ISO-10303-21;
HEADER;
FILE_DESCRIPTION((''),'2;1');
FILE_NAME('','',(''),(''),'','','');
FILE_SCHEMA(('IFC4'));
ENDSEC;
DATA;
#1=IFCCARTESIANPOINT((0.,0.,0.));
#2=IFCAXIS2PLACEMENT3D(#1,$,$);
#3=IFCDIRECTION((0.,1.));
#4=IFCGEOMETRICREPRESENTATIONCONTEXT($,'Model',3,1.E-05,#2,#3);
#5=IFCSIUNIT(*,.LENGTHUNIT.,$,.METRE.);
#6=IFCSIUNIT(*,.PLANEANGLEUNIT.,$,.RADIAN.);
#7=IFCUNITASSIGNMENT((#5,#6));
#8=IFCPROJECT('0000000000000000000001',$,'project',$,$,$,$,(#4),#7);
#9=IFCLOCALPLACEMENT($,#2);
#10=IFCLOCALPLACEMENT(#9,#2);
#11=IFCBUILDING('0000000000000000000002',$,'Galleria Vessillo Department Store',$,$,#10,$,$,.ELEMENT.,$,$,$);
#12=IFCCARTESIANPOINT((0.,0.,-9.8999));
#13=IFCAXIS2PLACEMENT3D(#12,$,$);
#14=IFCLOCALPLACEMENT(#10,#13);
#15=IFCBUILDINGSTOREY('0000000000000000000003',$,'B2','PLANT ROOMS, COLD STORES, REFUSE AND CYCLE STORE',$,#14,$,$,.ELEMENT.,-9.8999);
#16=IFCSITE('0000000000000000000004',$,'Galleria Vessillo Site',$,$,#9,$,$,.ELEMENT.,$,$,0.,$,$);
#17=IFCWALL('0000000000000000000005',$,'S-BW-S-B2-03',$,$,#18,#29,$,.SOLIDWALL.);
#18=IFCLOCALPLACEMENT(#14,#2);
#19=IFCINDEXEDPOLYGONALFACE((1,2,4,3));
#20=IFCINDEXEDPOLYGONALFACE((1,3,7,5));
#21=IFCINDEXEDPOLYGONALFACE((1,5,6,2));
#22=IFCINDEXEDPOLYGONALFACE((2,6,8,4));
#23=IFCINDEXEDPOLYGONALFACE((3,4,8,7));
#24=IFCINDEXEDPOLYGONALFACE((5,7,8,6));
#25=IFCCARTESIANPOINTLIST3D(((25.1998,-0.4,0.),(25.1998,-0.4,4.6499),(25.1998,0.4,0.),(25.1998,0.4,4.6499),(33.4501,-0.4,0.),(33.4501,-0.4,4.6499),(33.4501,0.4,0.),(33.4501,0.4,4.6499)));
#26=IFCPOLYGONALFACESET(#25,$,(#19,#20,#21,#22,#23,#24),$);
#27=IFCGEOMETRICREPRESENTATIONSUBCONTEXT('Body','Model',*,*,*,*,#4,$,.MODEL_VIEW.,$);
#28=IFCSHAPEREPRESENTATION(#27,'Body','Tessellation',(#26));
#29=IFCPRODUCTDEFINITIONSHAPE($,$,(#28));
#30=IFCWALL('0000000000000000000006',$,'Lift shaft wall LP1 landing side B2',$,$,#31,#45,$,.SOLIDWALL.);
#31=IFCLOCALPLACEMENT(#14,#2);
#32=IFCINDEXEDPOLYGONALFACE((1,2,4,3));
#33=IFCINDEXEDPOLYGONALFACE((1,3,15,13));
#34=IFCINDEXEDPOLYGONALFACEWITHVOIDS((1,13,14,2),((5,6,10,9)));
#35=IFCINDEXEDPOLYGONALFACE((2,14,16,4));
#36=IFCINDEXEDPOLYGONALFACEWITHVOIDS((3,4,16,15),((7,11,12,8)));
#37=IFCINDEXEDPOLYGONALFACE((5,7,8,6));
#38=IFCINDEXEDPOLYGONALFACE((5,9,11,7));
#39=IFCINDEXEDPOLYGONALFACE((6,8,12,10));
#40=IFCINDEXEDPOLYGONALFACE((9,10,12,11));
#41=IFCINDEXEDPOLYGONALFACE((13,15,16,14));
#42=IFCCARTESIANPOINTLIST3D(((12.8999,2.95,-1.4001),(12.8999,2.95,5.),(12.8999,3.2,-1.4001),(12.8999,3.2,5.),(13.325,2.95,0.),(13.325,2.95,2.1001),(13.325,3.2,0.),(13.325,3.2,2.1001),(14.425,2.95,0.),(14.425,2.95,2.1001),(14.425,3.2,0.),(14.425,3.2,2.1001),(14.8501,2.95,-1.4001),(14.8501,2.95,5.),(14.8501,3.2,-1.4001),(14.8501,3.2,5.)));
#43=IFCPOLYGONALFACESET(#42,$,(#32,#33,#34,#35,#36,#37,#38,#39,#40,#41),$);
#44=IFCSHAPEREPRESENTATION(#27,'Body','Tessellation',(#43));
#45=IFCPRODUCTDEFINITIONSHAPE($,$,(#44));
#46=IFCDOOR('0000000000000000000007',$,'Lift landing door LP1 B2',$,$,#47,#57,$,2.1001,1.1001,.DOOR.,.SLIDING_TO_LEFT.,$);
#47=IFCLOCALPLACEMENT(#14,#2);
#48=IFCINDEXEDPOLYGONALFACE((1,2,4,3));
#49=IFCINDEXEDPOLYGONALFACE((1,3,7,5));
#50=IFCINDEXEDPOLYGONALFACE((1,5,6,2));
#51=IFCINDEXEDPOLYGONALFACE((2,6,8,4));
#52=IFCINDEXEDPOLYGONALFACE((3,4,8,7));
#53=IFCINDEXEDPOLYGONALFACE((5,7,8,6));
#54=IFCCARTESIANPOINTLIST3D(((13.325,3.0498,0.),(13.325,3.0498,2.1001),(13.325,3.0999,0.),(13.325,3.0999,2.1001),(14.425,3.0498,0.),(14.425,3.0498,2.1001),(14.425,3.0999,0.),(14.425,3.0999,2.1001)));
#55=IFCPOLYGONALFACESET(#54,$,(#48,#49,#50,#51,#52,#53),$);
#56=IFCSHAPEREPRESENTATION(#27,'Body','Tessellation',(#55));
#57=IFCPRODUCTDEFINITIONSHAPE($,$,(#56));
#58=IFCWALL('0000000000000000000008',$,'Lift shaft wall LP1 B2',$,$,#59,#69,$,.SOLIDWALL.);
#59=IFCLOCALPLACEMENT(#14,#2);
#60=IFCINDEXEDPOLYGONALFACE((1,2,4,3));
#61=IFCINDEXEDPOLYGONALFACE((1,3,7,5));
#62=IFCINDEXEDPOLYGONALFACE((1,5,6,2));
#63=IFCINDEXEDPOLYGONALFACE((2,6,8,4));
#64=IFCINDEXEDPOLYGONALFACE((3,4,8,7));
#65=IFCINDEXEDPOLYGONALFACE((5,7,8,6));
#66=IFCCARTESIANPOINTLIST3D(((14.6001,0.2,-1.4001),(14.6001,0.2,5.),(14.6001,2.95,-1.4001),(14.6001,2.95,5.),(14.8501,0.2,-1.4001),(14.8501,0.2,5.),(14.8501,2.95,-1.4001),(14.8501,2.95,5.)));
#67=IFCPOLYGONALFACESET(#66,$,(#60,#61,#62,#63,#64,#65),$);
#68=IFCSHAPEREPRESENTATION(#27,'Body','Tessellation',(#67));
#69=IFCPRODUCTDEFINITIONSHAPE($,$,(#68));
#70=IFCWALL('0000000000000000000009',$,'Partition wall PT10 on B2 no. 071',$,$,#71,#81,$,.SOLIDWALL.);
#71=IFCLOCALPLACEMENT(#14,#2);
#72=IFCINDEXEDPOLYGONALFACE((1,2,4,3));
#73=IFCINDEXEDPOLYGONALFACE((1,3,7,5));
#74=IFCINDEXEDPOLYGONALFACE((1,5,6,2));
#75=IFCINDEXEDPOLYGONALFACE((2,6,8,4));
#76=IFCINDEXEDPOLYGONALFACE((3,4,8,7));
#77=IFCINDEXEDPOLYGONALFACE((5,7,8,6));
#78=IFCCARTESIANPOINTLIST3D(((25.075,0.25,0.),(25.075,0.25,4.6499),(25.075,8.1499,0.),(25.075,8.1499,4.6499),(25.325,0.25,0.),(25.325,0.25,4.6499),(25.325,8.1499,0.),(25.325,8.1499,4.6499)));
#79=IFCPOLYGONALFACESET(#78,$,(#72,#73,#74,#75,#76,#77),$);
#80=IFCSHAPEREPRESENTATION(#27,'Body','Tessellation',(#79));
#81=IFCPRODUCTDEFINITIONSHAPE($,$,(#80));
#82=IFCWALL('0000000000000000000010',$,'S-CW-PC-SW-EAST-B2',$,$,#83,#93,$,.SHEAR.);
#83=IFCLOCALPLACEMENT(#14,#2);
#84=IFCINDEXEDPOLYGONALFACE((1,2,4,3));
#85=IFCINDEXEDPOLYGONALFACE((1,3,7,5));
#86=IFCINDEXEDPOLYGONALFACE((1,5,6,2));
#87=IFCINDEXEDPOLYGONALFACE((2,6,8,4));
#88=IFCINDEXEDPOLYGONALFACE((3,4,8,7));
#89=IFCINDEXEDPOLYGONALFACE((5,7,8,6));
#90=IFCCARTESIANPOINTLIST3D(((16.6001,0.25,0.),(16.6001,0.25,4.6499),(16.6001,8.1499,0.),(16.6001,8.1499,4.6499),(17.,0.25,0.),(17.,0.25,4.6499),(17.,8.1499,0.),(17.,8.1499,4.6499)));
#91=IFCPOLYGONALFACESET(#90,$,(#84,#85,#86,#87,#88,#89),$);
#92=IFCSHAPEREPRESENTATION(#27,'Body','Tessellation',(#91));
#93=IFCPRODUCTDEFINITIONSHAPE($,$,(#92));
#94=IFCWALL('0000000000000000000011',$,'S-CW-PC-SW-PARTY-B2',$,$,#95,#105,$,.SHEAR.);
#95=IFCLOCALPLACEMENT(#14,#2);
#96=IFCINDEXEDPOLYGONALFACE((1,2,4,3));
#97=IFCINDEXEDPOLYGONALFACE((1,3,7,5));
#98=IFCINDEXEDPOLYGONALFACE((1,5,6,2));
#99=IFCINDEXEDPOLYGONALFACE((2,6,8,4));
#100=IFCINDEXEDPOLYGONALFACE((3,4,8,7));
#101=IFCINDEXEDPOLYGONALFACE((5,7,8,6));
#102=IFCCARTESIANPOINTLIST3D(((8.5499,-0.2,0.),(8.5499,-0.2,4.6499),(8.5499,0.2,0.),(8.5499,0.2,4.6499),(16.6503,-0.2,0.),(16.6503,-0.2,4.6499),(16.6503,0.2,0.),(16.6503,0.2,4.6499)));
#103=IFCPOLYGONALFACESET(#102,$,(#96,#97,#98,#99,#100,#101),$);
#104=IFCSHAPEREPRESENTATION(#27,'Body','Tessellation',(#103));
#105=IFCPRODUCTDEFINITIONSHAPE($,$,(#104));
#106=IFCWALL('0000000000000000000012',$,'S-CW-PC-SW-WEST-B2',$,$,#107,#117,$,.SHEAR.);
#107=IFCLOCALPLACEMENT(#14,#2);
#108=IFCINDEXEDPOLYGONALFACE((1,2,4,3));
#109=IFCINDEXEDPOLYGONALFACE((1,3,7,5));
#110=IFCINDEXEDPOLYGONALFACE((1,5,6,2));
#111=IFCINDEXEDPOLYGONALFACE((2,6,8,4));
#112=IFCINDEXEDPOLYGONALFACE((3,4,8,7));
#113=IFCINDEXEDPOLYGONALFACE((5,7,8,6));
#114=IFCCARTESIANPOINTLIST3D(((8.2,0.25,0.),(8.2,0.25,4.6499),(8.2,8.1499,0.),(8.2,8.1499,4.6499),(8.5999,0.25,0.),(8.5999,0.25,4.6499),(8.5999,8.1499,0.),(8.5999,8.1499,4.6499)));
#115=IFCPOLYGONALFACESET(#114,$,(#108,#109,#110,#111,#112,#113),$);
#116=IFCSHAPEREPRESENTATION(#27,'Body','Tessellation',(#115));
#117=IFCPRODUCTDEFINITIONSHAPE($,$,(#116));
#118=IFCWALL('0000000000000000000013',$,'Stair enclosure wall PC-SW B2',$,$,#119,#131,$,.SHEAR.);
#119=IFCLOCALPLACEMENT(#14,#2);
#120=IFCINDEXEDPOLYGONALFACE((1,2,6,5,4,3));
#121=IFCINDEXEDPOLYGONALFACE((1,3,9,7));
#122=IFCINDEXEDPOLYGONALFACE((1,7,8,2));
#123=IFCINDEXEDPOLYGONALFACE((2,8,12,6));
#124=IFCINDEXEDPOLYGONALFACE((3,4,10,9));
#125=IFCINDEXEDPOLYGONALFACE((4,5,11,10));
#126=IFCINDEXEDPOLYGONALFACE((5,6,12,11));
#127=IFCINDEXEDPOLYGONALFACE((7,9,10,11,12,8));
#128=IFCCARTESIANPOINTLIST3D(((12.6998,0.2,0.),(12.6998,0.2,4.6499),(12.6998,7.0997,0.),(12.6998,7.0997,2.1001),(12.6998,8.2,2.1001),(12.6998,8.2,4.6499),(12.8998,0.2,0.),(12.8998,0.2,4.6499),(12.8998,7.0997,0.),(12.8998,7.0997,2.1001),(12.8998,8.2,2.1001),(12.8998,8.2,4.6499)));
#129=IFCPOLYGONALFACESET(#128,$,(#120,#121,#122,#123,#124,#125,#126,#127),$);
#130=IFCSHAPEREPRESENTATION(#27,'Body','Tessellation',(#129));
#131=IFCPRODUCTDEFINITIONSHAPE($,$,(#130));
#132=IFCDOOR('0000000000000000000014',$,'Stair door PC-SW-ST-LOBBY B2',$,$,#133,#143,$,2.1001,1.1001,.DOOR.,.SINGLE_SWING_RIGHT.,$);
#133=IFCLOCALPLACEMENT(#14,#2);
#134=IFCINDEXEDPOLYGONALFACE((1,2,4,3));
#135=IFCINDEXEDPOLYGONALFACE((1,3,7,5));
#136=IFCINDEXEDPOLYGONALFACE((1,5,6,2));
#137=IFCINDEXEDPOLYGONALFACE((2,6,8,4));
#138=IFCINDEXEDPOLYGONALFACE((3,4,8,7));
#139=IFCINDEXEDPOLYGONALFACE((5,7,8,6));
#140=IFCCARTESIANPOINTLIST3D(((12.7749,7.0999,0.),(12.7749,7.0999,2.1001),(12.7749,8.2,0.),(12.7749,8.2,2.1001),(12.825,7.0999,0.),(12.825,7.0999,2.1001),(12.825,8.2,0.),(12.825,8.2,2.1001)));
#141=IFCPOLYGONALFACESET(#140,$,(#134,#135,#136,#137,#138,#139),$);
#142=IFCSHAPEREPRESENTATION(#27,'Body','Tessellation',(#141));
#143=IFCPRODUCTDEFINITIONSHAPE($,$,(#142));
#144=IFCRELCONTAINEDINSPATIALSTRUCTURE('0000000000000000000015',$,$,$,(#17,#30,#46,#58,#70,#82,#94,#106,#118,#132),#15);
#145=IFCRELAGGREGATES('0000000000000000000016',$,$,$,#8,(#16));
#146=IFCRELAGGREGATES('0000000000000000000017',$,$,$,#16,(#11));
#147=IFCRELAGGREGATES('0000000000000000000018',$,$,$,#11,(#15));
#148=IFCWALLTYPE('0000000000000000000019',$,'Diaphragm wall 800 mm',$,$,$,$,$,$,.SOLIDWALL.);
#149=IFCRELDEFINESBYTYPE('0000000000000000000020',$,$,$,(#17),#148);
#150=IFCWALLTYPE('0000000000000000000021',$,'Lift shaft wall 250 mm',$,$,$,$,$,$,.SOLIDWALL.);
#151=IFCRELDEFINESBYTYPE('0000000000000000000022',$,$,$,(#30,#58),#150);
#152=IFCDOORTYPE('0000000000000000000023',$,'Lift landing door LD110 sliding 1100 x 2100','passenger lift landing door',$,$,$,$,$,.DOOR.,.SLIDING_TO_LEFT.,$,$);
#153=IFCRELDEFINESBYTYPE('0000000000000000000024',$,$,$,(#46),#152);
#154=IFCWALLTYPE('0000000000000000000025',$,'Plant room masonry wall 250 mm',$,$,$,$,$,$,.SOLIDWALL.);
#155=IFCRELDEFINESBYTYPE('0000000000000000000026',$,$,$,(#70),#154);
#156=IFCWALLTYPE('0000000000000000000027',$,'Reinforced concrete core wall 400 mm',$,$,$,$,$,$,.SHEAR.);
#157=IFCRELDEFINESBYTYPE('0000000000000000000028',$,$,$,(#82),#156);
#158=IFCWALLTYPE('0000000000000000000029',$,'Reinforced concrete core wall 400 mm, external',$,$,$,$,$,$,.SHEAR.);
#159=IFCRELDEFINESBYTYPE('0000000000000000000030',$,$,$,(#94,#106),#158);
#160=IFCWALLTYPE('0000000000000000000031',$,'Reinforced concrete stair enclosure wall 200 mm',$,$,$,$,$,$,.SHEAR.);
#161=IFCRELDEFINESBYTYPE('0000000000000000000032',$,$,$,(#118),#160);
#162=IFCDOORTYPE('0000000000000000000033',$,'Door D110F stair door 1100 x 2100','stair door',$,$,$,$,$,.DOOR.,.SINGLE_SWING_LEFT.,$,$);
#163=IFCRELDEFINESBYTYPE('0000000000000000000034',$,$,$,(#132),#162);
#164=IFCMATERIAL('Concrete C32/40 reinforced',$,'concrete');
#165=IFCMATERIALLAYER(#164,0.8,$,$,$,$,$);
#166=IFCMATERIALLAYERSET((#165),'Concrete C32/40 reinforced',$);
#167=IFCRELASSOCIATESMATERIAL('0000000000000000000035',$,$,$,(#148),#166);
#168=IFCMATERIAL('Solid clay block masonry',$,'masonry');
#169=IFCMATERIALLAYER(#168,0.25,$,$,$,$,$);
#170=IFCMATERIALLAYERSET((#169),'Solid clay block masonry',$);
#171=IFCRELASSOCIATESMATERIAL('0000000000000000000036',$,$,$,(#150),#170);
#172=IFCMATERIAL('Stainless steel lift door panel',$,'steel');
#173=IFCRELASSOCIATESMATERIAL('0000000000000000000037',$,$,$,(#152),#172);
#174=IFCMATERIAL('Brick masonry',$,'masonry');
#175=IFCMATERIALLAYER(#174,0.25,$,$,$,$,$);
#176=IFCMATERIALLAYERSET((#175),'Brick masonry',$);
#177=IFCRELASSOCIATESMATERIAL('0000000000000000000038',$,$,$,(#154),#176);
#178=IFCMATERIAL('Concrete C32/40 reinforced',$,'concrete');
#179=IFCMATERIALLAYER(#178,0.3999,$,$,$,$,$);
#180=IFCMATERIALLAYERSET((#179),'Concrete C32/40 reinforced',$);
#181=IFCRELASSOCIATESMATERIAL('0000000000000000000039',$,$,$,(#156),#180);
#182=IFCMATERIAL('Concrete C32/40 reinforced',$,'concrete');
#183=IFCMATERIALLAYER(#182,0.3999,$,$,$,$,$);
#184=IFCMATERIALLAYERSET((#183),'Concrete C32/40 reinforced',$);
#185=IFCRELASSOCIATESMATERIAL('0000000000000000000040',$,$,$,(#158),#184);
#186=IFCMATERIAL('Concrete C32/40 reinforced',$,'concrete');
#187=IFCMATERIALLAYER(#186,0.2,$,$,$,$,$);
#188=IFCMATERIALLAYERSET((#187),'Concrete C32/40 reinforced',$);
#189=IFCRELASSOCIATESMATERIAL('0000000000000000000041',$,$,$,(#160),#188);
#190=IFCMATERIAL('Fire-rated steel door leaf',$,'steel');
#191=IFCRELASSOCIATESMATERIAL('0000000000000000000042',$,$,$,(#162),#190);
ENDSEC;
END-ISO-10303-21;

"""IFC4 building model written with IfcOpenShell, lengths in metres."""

from ifc_helpers import new_model, si_unit, direction, frame, frame_2d, origin, place, context, subcontext, project, spatial, rectangle, extrude, material, layer, layer_set, type_object, element, fill, save


model = new_model("IFC4")

# Units and contexts
model_context = context("Model", 3, precision=1e-05, world=origin(), true_north=direction((0.0, 1.0)))
body_context = subcontext(model_context, "Body", "Model", "MODEL_VIEW")
ifc_project = project(units=[si_unit("LENGTHUNIT", "METRE"), si_unit("PLANEANGLEUNIT", "RADIAN")], contexts=[model_context])

# Site, building, storey
site_placement = place(None, origin())
site = spatial("IfcSite", under=ifc_project, at=site_placement, Name="Galleria Vessillo Site", CompositionType="ELEMENT", RefElevation=0.0)
building_placement = place(site_placement, origin())
building = spatial("IfcBuilding", under=site, at=building_placement, Name="Galleria Vessillo Department Store", CompositionType="ELEMENT")
storey_placement = place(building_placement, frame((0.0, 0.0, -9.8999)))
storey = spatial("IfcBuildingStorey", under=building, at=storey_placement, Name="B2", Description="PLANT ROOMS, COLD STORES, REFUSE AND CYCLE STORE", CompositionType="ELEMENT", Elevation=-9.8999)

# Wall
ifc_material_1 = material(Name="Concrete C32/40 reinforced", Category="concrete")
ifc_layer_1 = layer(ifc_material_1, 0.8)
ifc_layer_set_1 = layer_set([ifc_layer_1], Name="Concrete C32/40 reinforced")
wall_type_1 = type_object("IfcWallType", Name="Diaphragm wall 800 mm", PredefinedType="SOLIDWALL", material=ifc_layer_set_1)
wall_1_placement = place(storey_placement, frame((25.2, 0.0, 0.0), z_axis=(0.0, 0.0, 1.0), x_axis=(1.0, 0.0, 0.0)))
element("IfcWall", 1, at=wall_1_placement, inside=storey, type_object=wall_type_1, Name="S-BW-S-B2-03", PredefinedType="SOLIDWALL", context=body_context, shape_type="SweptSolid", body=[
    extrude(rectangle(XDim=8.2502, YDim=0.8, at=frame_2d((4.125, 0.0))), origin(), (0.0, 0.0, 1.0), 4.6499),
])

# Wall, opening, door
ifc_material_2 = material(Name="Solid clay block masonry", Category="masonry")
ifc_layer_2 = layer(ifc_material_2, 0.25)
ifc_layer_set_2 = layer_set([ifc_layer_2], Name="Solid clay block masonry")
wall_type_2 = type_object("IfcWallType", Name="Lift shaft wall 250 mm", PredefinedType="SOLIDWALL", material=ifc_layer_set_2)
wall_2_placement = place(storey_placement, frame((12.8999, 3.075, -1.4001), z_axis=(0.0, 0.0, 1.0), x_axis=(1.0, 0.0, 0.0)))
wall_2 = element("IfcWall", 2, at=wall_2_placement, inside=storey, type_object=wall_type_2, Name="Lift shaft wall LP1 landing side B2", PredefinedType="SOLIDWALL", context=body_context, shape_type="SweptSolid", body=[
    extrude(rectangle(XDim=1.9502, YDim=0.25, at=frame_2d((0.9751, 0.0))), origin(), (0.0, 0.0, 1.0), 6.4001),
])
opening_1_placement = place(wall_2_placement, frame((0.425, 0.0, 1.4001)))
opening_1 = element("IfcOpeningElement", 3, at=opening_1_placement, cuts=wall_2, PredefinedType="OPENING", context=body_context, shape_type="SweptSolid", body=[
    extrude(rectangle(XDim=1.1001, YDim=2.1001, at=frame_2d((0.55, 1.05))), frame((0.0, 0.135, 0.0), z_axis=(0.0, -1.0, 0.0), x_axis=(1.0, 0.0, 0.0)), (0.0, 0.0, 1.0), 0.27),
])
ifc_material_3 = material(Name="Stainless steel lift door panel", Category="steel")
door_type_1 = type_object("IfcDoorType", Name="Lift landing door LD110 sliding 1100 x 2100", Description="passenger lift landing door", OperationType="SLIDING_TO_LEFT", PredefinedType="DOOR", material=ifc_material_3)
door_1_placement = place(opening_1_placement, origin())
door_1 = element("IfcDoor", 4, at=door_1_placement, inside=storey, type_object=door_type_1, Name="Lift landing door LP1 B2", OperationType="SLIDING_TO_LEFT", OverallHeight=2.1001, OverallWidth=1.1001, PredefinedType="DOOR", context=body_context, shape_type="SweptSolid", body=[
    extrude(rectangle(XDim=1.1001, YDim=2.1001, at=frame_2d((0.55, 1.05))), frame((0.0, 0.0249, 0.0), z_axis=(0.0, -1.0, 0.0), x_axis=(1.0, 0.0, 0.0)), (0.0, 0.0, 1.0), 0.05),
])
fill(opening_1, door_1)

# Walls
wall_3_placement = place(storey_placement, frame((14.7251, 0.2, -1.4001), z_axis=(0.0, 0.0, 1.0), x_axis=(0.0, 1.0, 0.0)))
element("IfcWall", 5, at=wall_3_placement, inside=storey, type_object=wall_type_2, Name="Lift shaft wall LP1 B2", PredefinedType="SOLIDWALL", context=body_context, shape_type="SweptSolid", body=[
    extrude(rectangle(XDim=2.75, YDim=0.25, at=frame_2d((1.375, 0.0))), origin(), (0.0, 0.0, 1.0), 6.4001),
])
ifc_material_4 = material(Name="Brick masonry", Category="masonry")
ifc_layer_3 = layer(ifc_material_4, 0.25)
ifc_layer_set_3 = layer_set([ifc_layer_3], Name="Brick masonry")
wall_type_3 = type_object("IfcWallType", Name="Plant room masonry wall 250 mm", PredefinedType="SOLIDWALL", material=ifc_layer_set_3)
wall_4_placement = place(storey_placement, frame((25.2, 0.25, 0.0), z_axis=(0.0, 0.0, 1.0), x_axis=(0.0, 1.0, 0.0)))
element("IfcWall", 6, at=wall_4_placement, inside=storey, type_object=wall_type_3, Name="Partition wall PT10 on B2 no. 071", PredefinedType="SOLIDWALL", context=body_context, shape_type="SweptSolid", body=[
    extrude(rectangle(XDim=7.8999, YDim=0.25, at=frame_2d((3.95, 0.0))), origin(), (0.0, 0.0, 1.0), 4.6499),
])
ifc_material_5 = material(Name="Concrete C32/40 reinforced", Category="concrete")
ifc_layer_4 = layer(ifc_material_5, 0.3999)
ifc_layer_set_4 = layer_set([ifc_layer_4], Name="Concrete C32/40 reinforced")
wall_type_4 = type_object("IfcWallType", Name="Reinforced concrete core wall 400 mm", PredefinedType="SHEAR", material=ifc_layer_set_4)
wall_5_placement = place(storey_placement, frame((16.8, 0.25, 0.0), z_axis=(0.0, 0.0, 1.0), x_axis=(0.0, 1.0, 0.0)))
element("IfcWall", 7, at=wall_5_placement, inside=storey, type_object=wall_type_4, Name="S-CW-PC-SW-EAST-B2", PredefinedType="SHEAR", context=body_context, shape_type="SweptSolid", body=[
    extrude(rectangle(XDim=7.8999, YDim=0.3999, at=frame_2d((3.95, 0.0))), origin(), (0.0, 0.0, 1.0), 4.6499),
])
ifc_material_6 = material(Name="Concrete C32/40 reinforced", Category="concrete")
ifc_layer_5 = layer(ifc_material_6, 0.3999)
ifc_layer_set_5 = layer_set([ifc_layer_5], Name="Concrete C32/40 reinforced")
wall_type_5 = type_object("IfcWallType", Name="Reinforced concrete core wall 400 mm, external", PredefinedType="SHEAR", material=ifc_layer_set_5)
wall_6_placement = place(storey_placement, frame((8.5498, 0.0, 0.0), z_axis=(0.0, 0.0, 1.0), x_axis=(1.0, 0.0, 0.0)))
element("IfcWall", 8, at=wall_6_placement, inside=storey, type_object=wall_type_5, Name="S-CW-PC-SW-PARTY-B2", PredefinedType="SHEAR", context=body_context, shape_type="SweptSolid", body=[
    extrude(rectangle(XDim=8.1003, YDim=0.3999, at=frame_2d((4.0503, 0.0))), origin(), (0.0, 0.0, 1.0), 4.6499),
])
wall_7_placement = place(storey_placement, frame((8.3999, 0.25, 0.0), z_axis=(0.0, 0.0, 1.0), x_axis=(0.0, 1.0, 0.0)))
element("IfcWall", 9, at=wall_7_placement, inside=storey, type_object=wall_type_5, Name="S-CW-PC-SW-WEST-B2", PredefinedType="SHEAR", context=body_context, shape_type="SweptSolid", body=[
    extrude(rectangle(XDim=7.8999, YDim=0.3999, at=frame_2d((3.95, 0.0))), origin(), (0.0, 0.0, 1.0), 4.6499),
])

# Wall, opening, door
ifc_material_7 = material(Name="Concrete C32/40 reinforced", Category="concrete")
ifc_layer_6 = layer(ifc_material_7, 0.2)
ifc_layer_set_6 = layer_set([ifc_layer_6], Name="Concrete C32/40 reinforced")
wall_type_6 = type_object("IfcWallType", Name="Reinforced concrete stair enclosure wall 200 mm", PredefinedType="SHEAR", material=ifc_layer_set_6)
wall_8_placement = place(storey_placement, frame((12.7998, 0.2, 0.0), z_axis=(0.0, 0.0, 1.0), x_axis=(0.0, 1.0, 0.0)))
wall_8 = element("IfcWall", 10, at=wall_8_placement, inside=storey, type_object=wall_type_6, Name="Stair enclosure wall PC-SW B2", PredefinedType="SHEAR", context=body_context, shape_type="SweptSolid", body=[
    extrude(rectangle(XDim=8.0, YDim=0.2, at=frame_2d((4.0, 0.0))), origin(), (0.0, 0.0, 1.0), 4.6499),
])
opening_2_placement = place(wall_8_placement, frame((6.8999, 0.0, 0.0)))
opening_2 = element("IfcOpeningElement", 11, at=opening_2_placement, cuts=wall_8, PredefinedType="OPENING", context=body_context, shape_type="SweptSolid", body=[
    extrude(rectangle(XDim=1.1101, YDim=2.1001, at=frame_2d((0.5549, 1.05))), frame((0.0, 0.1099, 0.0), z_axis=(0.0, -1.0, 0.0), x_axis=(1.0, 0.0, 0.0)), (0.0, 0.0, 1.0), 0.22),
])
ifc_material_8 = material(Name="Fire-rated steel door leaf", Category="steel")
door_type_2 = type_object("IfcDoorType", Name="Door D110F stair door 1100 x 2100", Description="stair door", OperationType="SINGLE_SWING_LEFT", PredefinedType="DOOR", material=ifc_material_8)
door_2_placement = place(opening_2_placement, origin())
door_2 = element("IfcDoor", 12, at=door_2_placement, inside=storey, type_object=door_type_2, Name="Stair door PC-SW-ST-LOBBY B2", OperationType="SINGLE_SWING_RIGHT", OverallHeight=2.1001, OverallWidth=1.1001, PredefinedType="DOOR", context=body_context, shape_type="SweptSolid", body=[
    extrude(rectangle(XDim=1.1001, YDim=2.1001, at=frame_2d((0.55, 1.05))), frame((0.0, 0.0249, 0.0), z_axis=(0.0, -1.0, 0.0), x_axis=(1.0, 0.0, 0.0)), (0.0, 0.0, 1.0), 0.05),
])
fill(opening_2, door_2)

save(model, "model.ifc")
